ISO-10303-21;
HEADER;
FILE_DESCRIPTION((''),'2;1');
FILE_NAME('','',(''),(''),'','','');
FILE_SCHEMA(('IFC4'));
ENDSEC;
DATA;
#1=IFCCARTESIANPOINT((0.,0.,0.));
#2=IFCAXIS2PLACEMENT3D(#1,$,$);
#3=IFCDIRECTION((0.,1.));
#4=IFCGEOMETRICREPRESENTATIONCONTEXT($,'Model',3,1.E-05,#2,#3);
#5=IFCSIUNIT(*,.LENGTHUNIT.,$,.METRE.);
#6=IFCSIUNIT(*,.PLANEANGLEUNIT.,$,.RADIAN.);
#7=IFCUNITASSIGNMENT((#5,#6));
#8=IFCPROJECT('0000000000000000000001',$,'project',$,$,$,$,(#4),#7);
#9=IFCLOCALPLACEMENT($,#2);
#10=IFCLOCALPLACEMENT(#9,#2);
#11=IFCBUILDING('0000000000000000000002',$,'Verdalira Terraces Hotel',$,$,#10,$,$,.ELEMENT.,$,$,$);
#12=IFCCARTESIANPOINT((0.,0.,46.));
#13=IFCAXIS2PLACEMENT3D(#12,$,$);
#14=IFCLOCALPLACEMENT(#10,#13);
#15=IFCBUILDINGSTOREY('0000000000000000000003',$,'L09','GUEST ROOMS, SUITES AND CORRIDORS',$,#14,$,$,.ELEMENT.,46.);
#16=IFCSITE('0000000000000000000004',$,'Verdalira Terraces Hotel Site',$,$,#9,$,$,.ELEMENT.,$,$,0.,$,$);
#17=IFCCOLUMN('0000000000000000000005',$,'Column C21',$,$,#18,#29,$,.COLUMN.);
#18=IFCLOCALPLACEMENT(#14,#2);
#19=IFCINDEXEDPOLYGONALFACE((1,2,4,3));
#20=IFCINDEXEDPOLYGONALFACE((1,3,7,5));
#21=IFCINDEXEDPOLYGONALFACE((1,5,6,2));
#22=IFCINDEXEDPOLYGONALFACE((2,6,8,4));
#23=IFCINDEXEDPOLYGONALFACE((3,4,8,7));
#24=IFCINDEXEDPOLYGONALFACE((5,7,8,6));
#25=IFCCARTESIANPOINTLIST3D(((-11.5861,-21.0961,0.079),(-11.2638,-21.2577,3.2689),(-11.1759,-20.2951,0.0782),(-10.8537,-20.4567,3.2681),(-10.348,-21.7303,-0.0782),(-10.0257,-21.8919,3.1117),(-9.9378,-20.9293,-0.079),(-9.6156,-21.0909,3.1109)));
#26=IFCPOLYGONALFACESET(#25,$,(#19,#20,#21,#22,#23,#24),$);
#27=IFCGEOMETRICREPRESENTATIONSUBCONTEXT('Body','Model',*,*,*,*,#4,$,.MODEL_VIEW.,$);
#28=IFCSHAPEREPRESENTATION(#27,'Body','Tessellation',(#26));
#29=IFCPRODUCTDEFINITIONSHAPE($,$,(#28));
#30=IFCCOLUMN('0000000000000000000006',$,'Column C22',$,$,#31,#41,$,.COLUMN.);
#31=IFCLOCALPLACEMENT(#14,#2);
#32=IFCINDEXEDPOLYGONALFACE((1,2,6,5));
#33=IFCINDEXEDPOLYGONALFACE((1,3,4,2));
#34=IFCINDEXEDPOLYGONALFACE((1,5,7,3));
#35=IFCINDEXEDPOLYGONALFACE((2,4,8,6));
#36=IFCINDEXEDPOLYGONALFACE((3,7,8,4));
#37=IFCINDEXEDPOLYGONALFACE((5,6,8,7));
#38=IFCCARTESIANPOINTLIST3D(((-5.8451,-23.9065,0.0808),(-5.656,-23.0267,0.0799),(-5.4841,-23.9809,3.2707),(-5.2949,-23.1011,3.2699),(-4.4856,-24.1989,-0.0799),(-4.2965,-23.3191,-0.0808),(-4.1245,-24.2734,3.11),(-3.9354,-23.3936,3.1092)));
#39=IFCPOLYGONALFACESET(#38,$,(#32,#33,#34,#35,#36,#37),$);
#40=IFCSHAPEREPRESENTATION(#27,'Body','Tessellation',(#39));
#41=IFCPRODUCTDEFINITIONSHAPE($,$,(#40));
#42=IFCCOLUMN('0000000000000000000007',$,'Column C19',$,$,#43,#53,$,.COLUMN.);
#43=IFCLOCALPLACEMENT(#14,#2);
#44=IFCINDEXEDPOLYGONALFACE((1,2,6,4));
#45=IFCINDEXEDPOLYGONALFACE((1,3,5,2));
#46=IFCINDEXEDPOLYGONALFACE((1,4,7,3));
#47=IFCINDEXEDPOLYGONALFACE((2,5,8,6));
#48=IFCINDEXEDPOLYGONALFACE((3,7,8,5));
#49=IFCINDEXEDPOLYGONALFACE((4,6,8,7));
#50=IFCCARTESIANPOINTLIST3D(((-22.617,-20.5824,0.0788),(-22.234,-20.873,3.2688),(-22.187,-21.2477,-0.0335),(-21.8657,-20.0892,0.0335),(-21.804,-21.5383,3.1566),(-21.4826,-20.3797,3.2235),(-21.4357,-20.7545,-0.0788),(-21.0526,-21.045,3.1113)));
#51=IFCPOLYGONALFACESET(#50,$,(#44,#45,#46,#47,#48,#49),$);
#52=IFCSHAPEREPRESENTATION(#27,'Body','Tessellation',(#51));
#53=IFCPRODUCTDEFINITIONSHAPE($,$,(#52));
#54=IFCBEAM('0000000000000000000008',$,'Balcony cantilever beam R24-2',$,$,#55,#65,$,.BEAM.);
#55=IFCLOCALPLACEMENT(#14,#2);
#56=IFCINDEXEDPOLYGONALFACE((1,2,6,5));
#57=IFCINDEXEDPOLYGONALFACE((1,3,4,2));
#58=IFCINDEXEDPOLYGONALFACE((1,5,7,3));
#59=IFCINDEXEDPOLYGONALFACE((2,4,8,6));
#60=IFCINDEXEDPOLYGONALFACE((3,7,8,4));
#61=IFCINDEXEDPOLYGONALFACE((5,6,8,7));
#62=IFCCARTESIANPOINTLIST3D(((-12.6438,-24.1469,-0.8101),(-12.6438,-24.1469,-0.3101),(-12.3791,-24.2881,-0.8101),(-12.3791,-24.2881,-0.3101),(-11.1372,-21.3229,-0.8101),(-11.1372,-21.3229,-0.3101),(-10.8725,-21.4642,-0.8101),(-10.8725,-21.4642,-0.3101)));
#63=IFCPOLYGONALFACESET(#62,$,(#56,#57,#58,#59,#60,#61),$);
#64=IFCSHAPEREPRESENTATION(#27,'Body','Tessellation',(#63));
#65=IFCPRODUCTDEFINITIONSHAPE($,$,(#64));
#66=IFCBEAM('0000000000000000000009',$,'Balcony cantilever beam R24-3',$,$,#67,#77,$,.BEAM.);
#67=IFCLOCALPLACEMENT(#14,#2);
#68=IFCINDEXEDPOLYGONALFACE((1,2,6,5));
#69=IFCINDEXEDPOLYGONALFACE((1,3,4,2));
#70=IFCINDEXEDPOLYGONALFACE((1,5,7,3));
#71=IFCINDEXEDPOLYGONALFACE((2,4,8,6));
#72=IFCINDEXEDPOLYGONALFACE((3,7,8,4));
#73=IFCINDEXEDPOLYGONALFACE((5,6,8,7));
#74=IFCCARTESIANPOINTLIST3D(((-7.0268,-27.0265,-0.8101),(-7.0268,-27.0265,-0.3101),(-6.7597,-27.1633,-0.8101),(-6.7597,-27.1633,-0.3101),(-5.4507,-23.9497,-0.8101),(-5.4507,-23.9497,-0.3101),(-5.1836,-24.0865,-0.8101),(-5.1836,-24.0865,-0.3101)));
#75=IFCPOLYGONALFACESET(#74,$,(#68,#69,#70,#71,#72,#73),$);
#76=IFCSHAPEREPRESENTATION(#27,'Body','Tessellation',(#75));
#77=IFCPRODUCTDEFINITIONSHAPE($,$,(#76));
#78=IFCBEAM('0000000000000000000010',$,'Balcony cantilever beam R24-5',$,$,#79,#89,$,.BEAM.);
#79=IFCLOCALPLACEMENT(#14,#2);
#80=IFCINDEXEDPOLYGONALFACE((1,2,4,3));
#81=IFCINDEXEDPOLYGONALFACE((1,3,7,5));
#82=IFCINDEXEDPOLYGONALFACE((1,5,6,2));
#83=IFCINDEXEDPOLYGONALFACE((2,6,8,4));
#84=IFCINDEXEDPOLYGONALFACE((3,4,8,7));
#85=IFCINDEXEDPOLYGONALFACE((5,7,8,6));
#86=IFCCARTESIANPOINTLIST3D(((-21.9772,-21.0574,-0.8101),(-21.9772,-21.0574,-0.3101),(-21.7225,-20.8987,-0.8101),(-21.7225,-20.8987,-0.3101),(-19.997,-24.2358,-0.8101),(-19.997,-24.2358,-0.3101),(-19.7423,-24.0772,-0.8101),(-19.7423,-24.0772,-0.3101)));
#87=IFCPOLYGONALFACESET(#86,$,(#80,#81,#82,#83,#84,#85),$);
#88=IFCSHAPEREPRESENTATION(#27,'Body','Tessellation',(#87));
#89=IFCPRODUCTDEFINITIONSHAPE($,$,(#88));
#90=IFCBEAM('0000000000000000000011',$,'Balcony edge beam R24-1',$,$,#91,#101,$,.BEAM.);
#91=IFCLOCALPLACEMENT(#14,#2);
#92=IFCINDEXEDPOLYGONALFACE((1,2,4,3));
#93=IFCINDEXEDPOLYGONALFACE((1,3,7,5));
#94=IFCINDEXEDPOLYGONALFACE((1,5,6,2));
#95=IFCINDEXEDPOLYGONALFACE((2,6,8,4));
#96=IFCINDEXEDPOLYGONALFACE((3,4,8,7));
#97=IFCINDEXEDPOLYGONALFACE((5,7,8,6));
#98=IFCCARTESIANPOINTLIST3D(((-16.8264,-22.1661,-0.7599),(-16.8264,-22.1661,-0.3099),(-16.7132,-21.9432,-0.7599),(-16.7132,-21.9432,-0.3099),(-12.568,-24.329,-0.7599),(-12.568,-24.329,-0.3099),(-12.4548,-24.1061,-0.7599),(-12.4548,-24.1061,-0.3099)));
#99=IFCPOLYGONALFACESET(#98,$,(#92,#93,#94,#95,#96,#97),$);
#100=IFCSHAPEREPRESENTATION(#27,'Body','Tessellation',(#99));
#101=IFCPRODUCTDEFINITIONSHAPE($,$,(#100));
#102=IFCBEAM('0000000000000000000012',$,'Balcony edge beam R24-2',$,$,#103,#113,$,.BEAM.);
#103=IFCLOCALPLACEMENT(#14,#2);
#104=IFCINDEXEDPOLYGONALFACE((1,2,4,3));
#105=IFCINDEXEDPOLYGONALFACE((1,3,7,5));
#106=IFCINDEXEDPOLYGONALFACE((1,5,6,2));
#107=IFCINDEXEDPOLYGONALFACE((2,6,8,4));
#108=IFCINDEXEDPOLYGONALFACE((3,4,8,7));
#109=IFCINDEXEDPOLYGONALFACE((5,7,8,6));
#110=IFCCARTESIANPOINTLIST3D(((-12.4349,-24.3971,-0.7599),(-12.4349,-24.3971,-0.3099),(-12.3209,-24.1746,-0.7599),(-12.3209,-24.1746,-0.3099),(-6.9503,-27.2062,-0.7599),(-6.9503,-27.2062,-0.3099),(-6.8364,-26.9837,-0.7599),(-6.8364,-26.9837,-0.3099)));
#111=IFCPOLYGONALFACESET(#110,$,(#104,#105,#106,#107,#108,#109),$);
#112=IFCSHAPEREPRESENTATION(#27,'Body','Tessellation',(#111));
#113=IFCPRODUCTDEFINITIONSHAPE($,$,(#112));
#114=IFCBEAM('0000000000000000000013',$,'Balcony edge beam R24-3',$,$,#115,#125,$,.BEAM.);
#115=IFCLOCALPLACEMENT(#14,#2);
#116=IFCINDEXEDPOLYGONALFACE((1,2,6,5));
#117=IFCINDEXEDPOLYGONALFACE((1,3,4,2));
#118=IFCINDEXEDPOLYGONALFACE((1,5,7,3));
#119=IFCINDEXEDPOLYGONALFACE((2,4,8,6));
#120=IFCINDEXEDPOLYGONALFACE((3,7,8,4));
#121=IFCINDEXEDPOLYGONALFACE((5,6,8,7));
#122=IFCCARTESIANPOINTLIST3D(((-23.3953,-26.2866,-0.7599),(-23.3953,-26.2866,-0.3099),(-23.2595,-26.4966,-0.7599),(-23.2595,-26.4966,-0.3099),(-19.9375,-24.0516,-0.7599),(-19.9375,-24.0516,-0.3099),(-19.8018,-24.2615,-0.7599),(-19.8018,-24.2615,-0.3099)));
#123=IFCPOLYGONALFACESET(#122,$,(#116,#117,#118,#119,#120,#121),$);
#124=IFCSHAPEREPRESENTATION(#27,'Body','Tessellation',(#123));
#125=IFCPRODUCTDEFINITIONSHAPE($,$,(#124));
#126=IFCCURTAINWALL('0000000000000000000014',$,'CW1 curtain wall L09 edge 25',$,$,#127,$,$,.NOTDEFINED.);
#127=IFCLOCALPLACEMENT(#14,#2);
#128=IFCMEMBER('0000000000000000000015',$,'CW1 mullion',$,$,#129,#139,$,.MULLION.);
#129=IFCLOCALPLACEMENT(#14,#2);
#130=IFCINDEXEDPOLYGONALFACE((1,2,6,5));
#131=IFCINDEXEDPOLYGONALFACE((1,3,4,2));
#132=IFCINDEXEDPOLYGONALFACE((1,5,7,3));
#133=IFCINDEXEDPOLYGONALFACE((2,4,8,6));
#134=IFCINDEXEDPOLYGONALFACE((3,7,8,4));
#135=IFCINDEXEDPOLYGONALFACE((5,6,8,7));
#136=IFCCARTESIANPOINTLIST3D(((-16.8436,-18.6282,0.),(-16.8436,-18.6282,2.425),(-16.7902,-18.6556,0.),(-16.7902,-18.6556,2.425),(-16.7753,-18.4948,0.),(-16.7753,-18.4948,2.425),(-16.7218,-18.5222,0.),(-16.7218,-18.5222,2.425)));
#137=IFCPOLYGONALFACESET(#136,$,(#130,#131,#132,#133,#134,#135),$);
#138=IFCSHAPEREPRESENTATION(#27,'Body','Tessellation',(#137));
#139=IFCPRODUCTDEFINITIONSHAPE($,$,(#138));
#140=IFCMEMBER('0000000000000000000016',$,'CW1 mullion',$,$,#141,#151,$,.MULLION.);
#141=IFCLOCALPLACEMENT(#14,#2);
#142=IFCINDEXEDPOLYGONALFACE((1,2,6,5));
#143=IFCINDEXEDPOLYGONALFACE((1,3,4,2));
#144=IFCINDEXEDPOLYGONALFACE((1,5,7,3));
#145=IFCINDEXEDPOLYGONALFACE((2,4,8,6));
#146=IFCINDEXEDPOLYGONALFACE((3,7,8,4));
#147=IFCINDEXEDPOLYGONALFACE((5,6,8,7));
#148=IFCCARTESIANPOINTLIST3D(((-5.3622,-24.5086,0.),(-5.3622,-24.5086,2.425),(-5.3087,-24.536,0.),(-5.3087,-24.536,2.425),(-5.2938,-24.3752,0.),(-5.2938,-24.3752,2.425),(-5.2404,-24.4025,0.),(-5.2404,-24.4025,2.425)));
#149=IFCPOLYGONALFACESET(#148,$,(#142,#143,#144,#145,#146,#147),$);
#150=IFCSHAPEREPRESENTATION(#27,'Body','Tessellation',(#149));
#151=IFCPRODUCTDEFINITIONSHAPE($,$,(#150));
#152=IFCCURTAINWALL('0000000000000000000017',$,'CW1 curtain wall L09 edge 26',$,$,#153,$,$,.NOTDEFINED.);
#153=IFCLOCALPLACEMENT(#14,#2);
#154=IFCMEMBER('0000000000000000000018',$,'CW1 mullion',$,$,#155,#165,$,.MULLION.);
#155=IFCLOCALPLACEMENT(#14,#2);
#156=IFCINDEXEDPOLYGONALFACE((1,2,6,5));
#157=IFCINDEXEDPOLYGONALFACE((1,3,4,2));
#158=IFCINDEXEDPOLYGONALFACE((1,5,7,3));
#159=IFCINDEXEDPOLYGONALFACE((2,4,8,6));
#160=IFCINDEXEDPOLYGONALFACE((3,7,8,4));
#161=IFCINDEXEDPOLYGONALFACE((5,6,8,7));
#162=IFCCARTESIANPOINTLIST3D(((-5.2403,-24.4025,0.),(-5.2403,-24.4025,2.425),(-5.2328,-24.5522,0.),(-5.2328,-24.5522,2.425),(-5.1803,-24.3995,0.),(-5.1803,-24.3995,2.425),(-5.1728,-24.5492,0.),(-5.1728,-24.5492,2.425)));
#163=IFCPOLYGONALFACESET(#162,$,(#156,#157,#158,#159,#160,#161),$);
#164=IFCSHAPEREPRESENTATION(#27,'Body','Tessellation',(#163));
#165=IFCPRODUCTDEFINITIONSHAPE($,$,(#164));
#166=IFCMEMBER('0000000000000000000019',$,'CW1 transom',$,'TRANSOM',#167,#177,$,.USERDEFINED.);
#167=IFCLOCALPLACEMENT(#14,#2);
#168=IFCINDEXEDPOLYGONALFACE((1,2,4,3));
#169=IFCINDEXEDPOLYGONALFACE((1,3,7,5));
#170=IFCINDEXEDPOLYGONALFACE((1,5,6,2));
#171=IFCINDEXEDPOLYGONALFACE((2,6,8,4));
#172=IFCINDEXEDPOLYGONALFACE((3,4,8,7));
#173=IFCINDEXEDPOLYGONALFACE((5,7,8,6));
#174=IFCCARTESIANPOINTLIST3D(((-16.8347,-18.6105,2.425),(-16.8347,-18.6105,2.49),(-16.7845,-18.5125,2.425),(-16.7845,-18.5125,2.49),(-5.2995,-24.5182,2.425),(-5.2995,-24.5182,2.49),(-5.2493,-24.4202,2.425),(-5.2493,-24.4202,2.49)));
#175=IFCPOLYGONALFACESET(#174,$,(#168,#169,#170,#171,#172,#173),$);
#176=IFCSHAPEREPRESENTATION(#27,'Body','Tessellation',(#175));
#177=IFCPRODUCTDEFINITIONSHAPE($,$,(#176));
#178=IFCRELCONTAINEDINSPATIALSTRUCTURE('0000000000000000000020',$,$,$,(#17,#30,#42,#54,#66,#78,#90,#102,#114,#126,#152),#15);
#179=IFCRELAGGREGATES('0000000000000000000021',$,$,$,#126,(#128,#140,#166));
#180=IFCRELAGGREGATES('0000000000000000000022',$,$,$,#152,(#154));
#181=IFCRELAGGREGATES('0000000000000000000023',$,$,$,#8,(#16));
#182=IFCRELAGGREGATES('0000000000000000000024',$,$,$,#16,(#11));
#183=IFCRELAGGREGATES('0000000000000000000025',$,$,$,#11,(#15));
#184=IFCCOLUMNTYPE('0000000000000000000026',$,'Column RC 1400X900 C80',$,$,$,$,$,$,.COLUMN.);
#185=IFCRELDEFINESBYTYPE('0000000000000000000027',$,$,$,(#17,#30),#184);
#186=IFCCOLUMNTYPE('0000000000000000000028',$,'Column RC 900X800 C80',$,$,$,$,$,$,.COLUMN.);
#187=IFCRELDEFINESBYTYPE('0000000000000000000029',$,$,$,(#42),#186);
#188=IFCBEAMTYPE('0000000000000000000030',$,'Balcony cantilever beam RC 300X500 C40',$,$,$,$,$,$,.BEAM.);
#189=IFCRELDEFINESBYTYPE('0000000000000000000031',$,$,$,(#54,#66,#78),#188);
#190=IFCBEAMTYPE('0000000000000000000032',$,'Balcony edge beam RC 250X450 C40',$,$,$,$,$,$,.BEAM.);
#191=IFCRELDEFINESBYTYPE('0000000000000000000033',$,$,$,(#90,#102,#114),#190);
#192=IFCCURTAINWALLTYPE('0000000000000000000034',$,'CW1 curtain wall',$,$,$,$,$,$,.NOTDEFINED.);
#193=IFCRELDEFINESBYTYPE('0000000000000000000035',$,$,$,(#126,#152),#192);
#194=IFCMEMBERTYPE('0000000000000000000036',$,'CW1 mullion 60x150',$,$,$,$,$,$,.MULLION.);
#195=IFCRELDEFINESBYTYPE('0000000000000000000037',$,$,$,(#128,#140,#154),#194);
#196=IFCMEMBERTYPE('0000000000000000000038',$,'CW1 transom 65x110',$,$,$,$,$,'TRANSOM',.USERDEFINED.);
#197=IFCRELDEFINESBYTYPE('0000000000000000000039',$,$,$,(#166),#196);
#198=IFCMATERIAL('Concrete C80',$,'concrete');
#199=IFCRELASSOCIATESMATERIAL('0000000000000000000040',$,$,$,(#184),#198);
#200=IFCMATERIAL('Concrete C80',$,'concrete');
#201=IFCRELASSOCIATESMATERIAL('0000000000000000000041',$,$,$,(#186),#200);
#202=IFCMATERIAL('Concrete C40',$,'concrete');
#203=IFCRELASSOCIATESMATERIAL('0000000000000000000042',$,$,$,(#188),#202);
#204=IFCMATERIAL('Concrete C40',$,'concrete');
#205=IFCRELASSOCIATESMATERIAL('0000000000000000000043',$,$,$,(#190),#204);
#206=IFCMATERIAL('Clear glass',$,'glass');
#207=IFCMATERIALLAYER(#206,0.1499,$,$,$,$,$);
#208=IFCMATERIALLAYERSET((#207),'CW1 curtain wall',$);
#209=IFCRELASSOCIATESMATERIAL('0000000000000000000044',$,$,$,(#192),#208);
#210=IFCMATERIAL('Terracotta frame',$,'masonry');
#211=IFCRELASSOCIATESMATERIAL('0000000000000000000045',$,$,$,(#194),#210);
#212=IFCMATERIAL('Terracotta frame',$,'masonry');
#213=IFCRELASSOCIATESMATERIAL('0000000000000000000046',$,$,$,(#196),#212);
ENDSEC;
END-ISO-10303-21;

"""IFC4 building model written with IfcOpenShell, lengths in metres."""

from ifc_helpers import new_model, si_unit, direction, frame, origin, origin_2d, place, context, subcontext, project, spatial, rectangle, extrude, material, layer, layer_set, material_profile, profile_set, type_object, element, aggregate, save


model = new_model("IFC4")

# Units and contexts
model_context = context("Model", 3, precision=1e-05, world=origin(), true_north=direction((0.0, 1.0)))
body_context = subcontext(model_context, "Body", "Model", "MODEL_VIEW")
ifc_project = project(units=[si_unit("LENGTHUNIT", "METRE"), si_unit("PLANEANGLEUNIT", "RADIAN")], contexts=[model_context])

# Site, building, storey
site_placement = place(None, origin())
site = spatial("IfcSite", under=ifc_project, at=site_placement, Name="Verdalira Terraces Hotel Site", CompositionType="ELEMENT", RefElevation=0.0)
building_placement = place(site_placement, origin())
building = spatial("IfcBuilding", under=site, at=building_placement, Name="Verdalira Terraces Hotel", CompositionType="ELEMENT")
storey_placement = place(building_placement, frame((0.0, 0.0, 46.0)))
storey = spatial("IfcBuildingStorey", under=building, at=storey_placement, Name="L09", Description="GUEST ROOMS, SUITES AND CORRIDORS", CompositionType="ELEMENT", Elevation=46.0)

# Columns
ifc_material_1 = material(Name="Concrete C80", Category="concrete")
ifc_material_profile_1 = material_profile(ifc_material_1, rectangle(XDim=1.3999, YDim=0.8999, at=origin_2d()), Name="RC 1400X900")
ifc_profile_set_1 = profile_set([ifc_material_profile_1], Name="Concrete C80")
column_type_1 = type_object("IfcColumnType", Name="Column RC 1400X900 C80", PredefinedType="COLUMN", material=ifc_profile_set_1)
column_1_placement = place(storey_placement, frame((-10.762, -21.0127, 0.0), z_axis=(0.100386, -0.050345, 0.993674), x_axis=(0.884419, -0.452982, -0.1123)))
element("IfcColumn", 1, at=column_1_placement, inside=storey, type_object=column_type_1, Name="Column C21", PredefinedType="COLUMN", context=body_context, shape_type="SweptSolid", body=[
    extrude(rectangle(XDim=1.3999, YDim=0.8999, at=origin_2d()), origin(), (0.0, 0.0, 1.0), 3.2102),
])
column_2_placement = place(storey_placement, frame((-5.0708, -23.6128, 0.0), z_axis=(0.112446, -0.023189, 0.993387), x_axis=(-0.971177, 0.208887, 0.114808)))
element("IfcColumn", 2, at=column_2_placement, inside=storey, type_object=column_type_1, Name="Column C22", PredefinedType="COLUMN", context=body_context, shape_type="SweptSolid", body=[
    extrude(rectangle(XDim=1.3999, YDim=0.8999, at=origin_2d()), origin(), (0.0, 0.0, 1.0), 3.2112),
])
ifc_material_2 = material(Name="Concrete C80", Category="concrete")
ifc_material_profile_2 = material_profile(ifc_material_2, rectangle(XDim=0.8999, YDim=0.8, at=origin_2d()), Name="RC 900X800")
ifc_profile_set_2 = profile_set([ifc_material_profile_2], Name="Concrete C80")
column_type_2 = type_object("IfcColumnType", Name="Column RC 900X800 C80", PredefinedType="COLUMN", material=ifc_profile_set_2)
column_3_placement = place(storey_placement, frame((-22.0264, -20.6685, 0.0), z_axis=(0.118742, -0.090059, 0.988833), x_axis=(0.834884, 0.548119, -0.050335)))
element("IfcColumn", 3, at=column_3_placement, inside=storey, type_object=column_type_2, Name="Column C19", PredefinedType="COLUMN", context=body_context, shape_type="SweptSolid", body=[
    extrude(rectangle(XDim=0.8999, YDim=0.8, at=origin_2d()), origin(), (0.0, 0.0, 1.0), 3.2261),
])

# Beams
ifc_material_3 = material(Name="Concrete C40", Category="concrete")
ifc_material_profile_3 = material_profile(ifc_material_3, rectangle(XDim=0.3, YDim=0.5, at=origin_2d()), Name="RC 300X500")
ifc_profile_set_3 = profile_set([ifc_material_profile_3], Name="Concrete C40")
beam_type_1 = type_object("IfcBeamType", Name="Balcony cantilever beam RC 300X500 C40", PredefinedType="BEAM", material=ifc_profile_set_3)
beam_1_placement = place(storey_placement, frame((-11.0049, -21.3936, -0.5601), z_axis=(-0.470703, -0.882292, 0.0), x_axis=(0.882292, -0.470703, 0.0)))
element("IfcBeam", 4, at=beam_1_placement, inside=storey, type_object=beam_type_1, Name="Balcony cantilever beam R24-2", PredefinedType="BEAM", context=body_context, shape_type="SweptSolid", body=[
    extrude(rectangle(XDim=0.3, YDim=0.5, at=origin_2d()), origin(), (0.0, 0.0, 1.0), 3.2007),
])
beam_2_placement = place(storey_placement, frame((-5.3171, -24.0181, -0.5601), z_axis=(-0.455921, -0.89002, 0.0), x_axis=(0.89002, -0.455921, 0.0)))
element("IfcBeam", 5, at=beam_2_placement, inside=storey, type_object=beam_type_1, Name="Balcony cantilever beam R24-3", PredefinedType="BEAM", context=body_context, shape_type="SweptSolid", body=[
    extrude(rectangle(XDim=0.3, YDim=0.5, at=origin_2d()), origin(), (0.0, 0.0, 1.0), 3.457),
])
beam_3_placement = place(storey_placement, frame((-21.8499, -20.978, -0.5601), z_axis=(0.528785, -0.848756, 0.0), x_axis=(0.848756, 0.528785, 0.0)))
element("IfcBeam", 6, at=beam_3_placement, inside=storey, type_object=beam_type_1, Name="Balcony cantilever beam R24-5", PredefinedType="BEAM", context=body_context, shape_type="SweptSolid", body=[
    extrude(rectangle(XDim=0.3, YDim=0.5, at=origin_2d()), origin(), (0.0, 0.0, 1.0), 3.7449),
])
ifc_material_4 = material(Name="Concrete C40", Category="concrete")
ifc_material_profile_4 = material_profile(ifc_material_4, rectangle(XDim=0.25, YDim=0.45, at=origin_2d()), Name="RC 250X450")
ifc_profile_set_4 = profile_set([ifc_material_profile_4], Name="Concrete C40")
beam_type_2 = type_object("IfcBeamType", Name="Balcony edge beam RC 250X450 C40", PredefinedType="BEAM", material=ifc_profile_set_4)
beam_4_placement = place(storey_placement, frame((-16.7698, -22.0547, -0.5349), z_axis=(0.891588, -0.452848, 0.0), x_axis=(0.452848, 0.891588, 0.0)))
element("IfcBeam", 7, at=beam_4_placement, inside=storey, type_object=beam_type_2, Name="Balcony edge beam R24-1", PredefinedType="BEAM", context=body_context, shape_type="SweptSolid", body=[
    extrude(rectangle(XDim=0.25, YDim=0.45, at=origin_2d()), origin(), (0.0, 0.0, 1.0), 4.7761),
])
beam_5_placement = place(storey_placement, frame((-12.3779, -24.2859, -0.5349), z_axis=(0.890051, -0.455861, 0.0), x_axis=(0.455861, 0.890051, 0.0)))
element("IfcBeam", 8, at=beam_5_placement, inside=storey, type_object=beam_type_2, Name="Balcony edge beam R24-2", PredefinedType="BEAM", context=body_context, shape_type="SweptSolid", body=[
    extrude(rectangle(XDim=0.25, YDim=0.45, at=origin_2d()), origin(), (0.0, 0.0, 1.0), 6.1621),
])
beam_6_placement = place(storey_placement, frame((-23.3274, -26.3916, -0.5349), z_axis=(0.839821, 0.542863, 0.0), x_axis=(-0.542863, 0.839821, 0.0)))
element("IfcBeam", 9, at=beam_6_placement, inside=storey, type_object=beam_type_2, Name="Balcony edge beam R24-3", PredefinedType="BEAM", context=body_context, shape_type="SweptSolid", body=[
    extrude(rectangle(XDim=0.25, YDim=0.45, at=origin_2d()), origin(), (0.0, 0.0, 1.0), 4.1172),
])

# Curtain wall, members
ifc_material_5 = material(Name="Clear glass", Category="glass")
ifc_layer_1 = layer(ifc_material_5, 0.1499)
ifc_layer_set_1 = layer_set([ifc_layer_1], Name="CW1 curtain wall")
curtain_wall_type_1 = type_object("IfcCurtainWallType", Name="CW1 curtain wall", PredefinedType="NOTDEFINED", material=ifc_layer_set_1)
curtain_wall_1_placement = place(storey_placement, origin())
curtain_wall_1 = element("IfcCurtainWall", 10, at=curtain_wall_1_placement, inside=storey, type_object=curtain_wall_type_1, Name="CW1 curtain wall L09 edge 25", PredefinedType="NOTDEFINED")
ifc_material_6 = material(Name="Terracotta frame", Category="masonry")
ifc_material_profile_5 = material_profile(ifc_material_6, rectangle(XDim=0.0601, YDim=0.1499, at=origin_2d()), Name="MU 60x150")
ifc_profile_set_5 = profile_set([ifc_material_profile_5], Name="Terracotta frame")
member_type_1 = type_object("IfcMemberType", Name="CW1 mullion 60x150", PredefinedType="MULLION", material=ifc_profile_set_5)
member_1_placement = place(storey_placement, frame((-16.7827, -18.5752, 0.0), z_axis=(0.0, 0.0, 1.0), x_axis=(0.890054, -0.455856, 0.0)))
member_1 = element("IfcMember", 11, at=member_1_placement, type_object=member_type_1, Name="CW1 mullion", PredefinedType="MULLION", context=body_context, shape_type="SweptSolid", body=[
    extrude(rectangle(XDim=0.0601, YDim=0.1499, at=origin_2d()), origin(), (0.0, 0.0, 1.0), 2.425),
])
member_2_placement = place(storey_placement, frame((-5.3013, -24.4556, 0.0), z_axis=(0.0, 0.0, 1.0), x_axis=(0.890054, -0.455856, 0.0)))
member_2 = element("IfcMember", 12, at=member_2_placement, type_object=member_type_1, Name="CW1 mullion", PredefinedType="MULLION", context=body_context, shape_type="SweptSolid", body=[
    extrude(rectangle(XDim=0.0601, YDim=0.1499, at=origin_2d()), origin(), (0.0, 0.0, 1.0), 2.425),
])

# Curtain wall, member
curtain_wall_2_placement = place(storey_placement, origin())
curtain_wall_2 = element("IfcCurtainWall", 13, at=curtain_wall_2_placement, inside=storey, type_object=curtain_wall_type_1, Name="CW1 curtain wall L09 edge 26", PredefinedType="NOTDEFINED")
member_3_placement = place(storey_placement, frame((-5.2065, -24.4758, 0.0), z_axis=(0.0, 0.0, 1.0), x_axis=(0.998737, 0.050244, 0.0)))
member_3 = element("IfcMember", 14, at=member_3_placement, type_object=member_type_1, Name="CW1 mullion", PredefinedType="MULLION", context=body_context, shape_type="SweptSolid", body=[
    extrude(rectangle(XDim=0.0601, YDim=0.1499, at=origin_2d()), origin(), (0.0, 0.0, 1.0), 2.425),
])

# Member
ifc_material_7 = material(Name="Terracotta frame", Category="masonry")
ifc_material_profile_6 = material_profile(ifc_material_7, rectangle(XDim=0.1101, YDim=0.0649, at=origin_2d()), Name="TR 65x110")
ifc_profile_set_6 = profile_set([ifc_material_profile_6], Name="Terracotta frame")
member_type_2 = type_object("IfcMemberType", Name="CW1 transom 65x110", ElementType="TRANSOM", PredefinedType="USERDEFINED", material=ifc_profile_set_6)
member_4_placement = place(storey_placement, frame((-16.8096, -18.5615, 2.4575), z_axis=(0.89006, -0.455843, 0.0), x_axis=(0.455843, 0.89006, 0.0)))
member_4 = element("IfcMember", 15, at=member_4_placement, type_object=member_type_2, Name="CW1 transom", ObjectType="TRANSOM", PredefinedType="USERDEFINED", context=body_context, shape_type="SweptSolid", body=[
    extrude(rectangle(XDim=0.1101, YDim=0.0649, at=origin_2d()), origin(), (0.0, 0.0, 1.0), 12.96),
])

aggregate(curtain_wall_1, [member_1, member_2, member_4])
aggregate(curtain_wall_2, [member_3])

save(model, "model.ifc")
